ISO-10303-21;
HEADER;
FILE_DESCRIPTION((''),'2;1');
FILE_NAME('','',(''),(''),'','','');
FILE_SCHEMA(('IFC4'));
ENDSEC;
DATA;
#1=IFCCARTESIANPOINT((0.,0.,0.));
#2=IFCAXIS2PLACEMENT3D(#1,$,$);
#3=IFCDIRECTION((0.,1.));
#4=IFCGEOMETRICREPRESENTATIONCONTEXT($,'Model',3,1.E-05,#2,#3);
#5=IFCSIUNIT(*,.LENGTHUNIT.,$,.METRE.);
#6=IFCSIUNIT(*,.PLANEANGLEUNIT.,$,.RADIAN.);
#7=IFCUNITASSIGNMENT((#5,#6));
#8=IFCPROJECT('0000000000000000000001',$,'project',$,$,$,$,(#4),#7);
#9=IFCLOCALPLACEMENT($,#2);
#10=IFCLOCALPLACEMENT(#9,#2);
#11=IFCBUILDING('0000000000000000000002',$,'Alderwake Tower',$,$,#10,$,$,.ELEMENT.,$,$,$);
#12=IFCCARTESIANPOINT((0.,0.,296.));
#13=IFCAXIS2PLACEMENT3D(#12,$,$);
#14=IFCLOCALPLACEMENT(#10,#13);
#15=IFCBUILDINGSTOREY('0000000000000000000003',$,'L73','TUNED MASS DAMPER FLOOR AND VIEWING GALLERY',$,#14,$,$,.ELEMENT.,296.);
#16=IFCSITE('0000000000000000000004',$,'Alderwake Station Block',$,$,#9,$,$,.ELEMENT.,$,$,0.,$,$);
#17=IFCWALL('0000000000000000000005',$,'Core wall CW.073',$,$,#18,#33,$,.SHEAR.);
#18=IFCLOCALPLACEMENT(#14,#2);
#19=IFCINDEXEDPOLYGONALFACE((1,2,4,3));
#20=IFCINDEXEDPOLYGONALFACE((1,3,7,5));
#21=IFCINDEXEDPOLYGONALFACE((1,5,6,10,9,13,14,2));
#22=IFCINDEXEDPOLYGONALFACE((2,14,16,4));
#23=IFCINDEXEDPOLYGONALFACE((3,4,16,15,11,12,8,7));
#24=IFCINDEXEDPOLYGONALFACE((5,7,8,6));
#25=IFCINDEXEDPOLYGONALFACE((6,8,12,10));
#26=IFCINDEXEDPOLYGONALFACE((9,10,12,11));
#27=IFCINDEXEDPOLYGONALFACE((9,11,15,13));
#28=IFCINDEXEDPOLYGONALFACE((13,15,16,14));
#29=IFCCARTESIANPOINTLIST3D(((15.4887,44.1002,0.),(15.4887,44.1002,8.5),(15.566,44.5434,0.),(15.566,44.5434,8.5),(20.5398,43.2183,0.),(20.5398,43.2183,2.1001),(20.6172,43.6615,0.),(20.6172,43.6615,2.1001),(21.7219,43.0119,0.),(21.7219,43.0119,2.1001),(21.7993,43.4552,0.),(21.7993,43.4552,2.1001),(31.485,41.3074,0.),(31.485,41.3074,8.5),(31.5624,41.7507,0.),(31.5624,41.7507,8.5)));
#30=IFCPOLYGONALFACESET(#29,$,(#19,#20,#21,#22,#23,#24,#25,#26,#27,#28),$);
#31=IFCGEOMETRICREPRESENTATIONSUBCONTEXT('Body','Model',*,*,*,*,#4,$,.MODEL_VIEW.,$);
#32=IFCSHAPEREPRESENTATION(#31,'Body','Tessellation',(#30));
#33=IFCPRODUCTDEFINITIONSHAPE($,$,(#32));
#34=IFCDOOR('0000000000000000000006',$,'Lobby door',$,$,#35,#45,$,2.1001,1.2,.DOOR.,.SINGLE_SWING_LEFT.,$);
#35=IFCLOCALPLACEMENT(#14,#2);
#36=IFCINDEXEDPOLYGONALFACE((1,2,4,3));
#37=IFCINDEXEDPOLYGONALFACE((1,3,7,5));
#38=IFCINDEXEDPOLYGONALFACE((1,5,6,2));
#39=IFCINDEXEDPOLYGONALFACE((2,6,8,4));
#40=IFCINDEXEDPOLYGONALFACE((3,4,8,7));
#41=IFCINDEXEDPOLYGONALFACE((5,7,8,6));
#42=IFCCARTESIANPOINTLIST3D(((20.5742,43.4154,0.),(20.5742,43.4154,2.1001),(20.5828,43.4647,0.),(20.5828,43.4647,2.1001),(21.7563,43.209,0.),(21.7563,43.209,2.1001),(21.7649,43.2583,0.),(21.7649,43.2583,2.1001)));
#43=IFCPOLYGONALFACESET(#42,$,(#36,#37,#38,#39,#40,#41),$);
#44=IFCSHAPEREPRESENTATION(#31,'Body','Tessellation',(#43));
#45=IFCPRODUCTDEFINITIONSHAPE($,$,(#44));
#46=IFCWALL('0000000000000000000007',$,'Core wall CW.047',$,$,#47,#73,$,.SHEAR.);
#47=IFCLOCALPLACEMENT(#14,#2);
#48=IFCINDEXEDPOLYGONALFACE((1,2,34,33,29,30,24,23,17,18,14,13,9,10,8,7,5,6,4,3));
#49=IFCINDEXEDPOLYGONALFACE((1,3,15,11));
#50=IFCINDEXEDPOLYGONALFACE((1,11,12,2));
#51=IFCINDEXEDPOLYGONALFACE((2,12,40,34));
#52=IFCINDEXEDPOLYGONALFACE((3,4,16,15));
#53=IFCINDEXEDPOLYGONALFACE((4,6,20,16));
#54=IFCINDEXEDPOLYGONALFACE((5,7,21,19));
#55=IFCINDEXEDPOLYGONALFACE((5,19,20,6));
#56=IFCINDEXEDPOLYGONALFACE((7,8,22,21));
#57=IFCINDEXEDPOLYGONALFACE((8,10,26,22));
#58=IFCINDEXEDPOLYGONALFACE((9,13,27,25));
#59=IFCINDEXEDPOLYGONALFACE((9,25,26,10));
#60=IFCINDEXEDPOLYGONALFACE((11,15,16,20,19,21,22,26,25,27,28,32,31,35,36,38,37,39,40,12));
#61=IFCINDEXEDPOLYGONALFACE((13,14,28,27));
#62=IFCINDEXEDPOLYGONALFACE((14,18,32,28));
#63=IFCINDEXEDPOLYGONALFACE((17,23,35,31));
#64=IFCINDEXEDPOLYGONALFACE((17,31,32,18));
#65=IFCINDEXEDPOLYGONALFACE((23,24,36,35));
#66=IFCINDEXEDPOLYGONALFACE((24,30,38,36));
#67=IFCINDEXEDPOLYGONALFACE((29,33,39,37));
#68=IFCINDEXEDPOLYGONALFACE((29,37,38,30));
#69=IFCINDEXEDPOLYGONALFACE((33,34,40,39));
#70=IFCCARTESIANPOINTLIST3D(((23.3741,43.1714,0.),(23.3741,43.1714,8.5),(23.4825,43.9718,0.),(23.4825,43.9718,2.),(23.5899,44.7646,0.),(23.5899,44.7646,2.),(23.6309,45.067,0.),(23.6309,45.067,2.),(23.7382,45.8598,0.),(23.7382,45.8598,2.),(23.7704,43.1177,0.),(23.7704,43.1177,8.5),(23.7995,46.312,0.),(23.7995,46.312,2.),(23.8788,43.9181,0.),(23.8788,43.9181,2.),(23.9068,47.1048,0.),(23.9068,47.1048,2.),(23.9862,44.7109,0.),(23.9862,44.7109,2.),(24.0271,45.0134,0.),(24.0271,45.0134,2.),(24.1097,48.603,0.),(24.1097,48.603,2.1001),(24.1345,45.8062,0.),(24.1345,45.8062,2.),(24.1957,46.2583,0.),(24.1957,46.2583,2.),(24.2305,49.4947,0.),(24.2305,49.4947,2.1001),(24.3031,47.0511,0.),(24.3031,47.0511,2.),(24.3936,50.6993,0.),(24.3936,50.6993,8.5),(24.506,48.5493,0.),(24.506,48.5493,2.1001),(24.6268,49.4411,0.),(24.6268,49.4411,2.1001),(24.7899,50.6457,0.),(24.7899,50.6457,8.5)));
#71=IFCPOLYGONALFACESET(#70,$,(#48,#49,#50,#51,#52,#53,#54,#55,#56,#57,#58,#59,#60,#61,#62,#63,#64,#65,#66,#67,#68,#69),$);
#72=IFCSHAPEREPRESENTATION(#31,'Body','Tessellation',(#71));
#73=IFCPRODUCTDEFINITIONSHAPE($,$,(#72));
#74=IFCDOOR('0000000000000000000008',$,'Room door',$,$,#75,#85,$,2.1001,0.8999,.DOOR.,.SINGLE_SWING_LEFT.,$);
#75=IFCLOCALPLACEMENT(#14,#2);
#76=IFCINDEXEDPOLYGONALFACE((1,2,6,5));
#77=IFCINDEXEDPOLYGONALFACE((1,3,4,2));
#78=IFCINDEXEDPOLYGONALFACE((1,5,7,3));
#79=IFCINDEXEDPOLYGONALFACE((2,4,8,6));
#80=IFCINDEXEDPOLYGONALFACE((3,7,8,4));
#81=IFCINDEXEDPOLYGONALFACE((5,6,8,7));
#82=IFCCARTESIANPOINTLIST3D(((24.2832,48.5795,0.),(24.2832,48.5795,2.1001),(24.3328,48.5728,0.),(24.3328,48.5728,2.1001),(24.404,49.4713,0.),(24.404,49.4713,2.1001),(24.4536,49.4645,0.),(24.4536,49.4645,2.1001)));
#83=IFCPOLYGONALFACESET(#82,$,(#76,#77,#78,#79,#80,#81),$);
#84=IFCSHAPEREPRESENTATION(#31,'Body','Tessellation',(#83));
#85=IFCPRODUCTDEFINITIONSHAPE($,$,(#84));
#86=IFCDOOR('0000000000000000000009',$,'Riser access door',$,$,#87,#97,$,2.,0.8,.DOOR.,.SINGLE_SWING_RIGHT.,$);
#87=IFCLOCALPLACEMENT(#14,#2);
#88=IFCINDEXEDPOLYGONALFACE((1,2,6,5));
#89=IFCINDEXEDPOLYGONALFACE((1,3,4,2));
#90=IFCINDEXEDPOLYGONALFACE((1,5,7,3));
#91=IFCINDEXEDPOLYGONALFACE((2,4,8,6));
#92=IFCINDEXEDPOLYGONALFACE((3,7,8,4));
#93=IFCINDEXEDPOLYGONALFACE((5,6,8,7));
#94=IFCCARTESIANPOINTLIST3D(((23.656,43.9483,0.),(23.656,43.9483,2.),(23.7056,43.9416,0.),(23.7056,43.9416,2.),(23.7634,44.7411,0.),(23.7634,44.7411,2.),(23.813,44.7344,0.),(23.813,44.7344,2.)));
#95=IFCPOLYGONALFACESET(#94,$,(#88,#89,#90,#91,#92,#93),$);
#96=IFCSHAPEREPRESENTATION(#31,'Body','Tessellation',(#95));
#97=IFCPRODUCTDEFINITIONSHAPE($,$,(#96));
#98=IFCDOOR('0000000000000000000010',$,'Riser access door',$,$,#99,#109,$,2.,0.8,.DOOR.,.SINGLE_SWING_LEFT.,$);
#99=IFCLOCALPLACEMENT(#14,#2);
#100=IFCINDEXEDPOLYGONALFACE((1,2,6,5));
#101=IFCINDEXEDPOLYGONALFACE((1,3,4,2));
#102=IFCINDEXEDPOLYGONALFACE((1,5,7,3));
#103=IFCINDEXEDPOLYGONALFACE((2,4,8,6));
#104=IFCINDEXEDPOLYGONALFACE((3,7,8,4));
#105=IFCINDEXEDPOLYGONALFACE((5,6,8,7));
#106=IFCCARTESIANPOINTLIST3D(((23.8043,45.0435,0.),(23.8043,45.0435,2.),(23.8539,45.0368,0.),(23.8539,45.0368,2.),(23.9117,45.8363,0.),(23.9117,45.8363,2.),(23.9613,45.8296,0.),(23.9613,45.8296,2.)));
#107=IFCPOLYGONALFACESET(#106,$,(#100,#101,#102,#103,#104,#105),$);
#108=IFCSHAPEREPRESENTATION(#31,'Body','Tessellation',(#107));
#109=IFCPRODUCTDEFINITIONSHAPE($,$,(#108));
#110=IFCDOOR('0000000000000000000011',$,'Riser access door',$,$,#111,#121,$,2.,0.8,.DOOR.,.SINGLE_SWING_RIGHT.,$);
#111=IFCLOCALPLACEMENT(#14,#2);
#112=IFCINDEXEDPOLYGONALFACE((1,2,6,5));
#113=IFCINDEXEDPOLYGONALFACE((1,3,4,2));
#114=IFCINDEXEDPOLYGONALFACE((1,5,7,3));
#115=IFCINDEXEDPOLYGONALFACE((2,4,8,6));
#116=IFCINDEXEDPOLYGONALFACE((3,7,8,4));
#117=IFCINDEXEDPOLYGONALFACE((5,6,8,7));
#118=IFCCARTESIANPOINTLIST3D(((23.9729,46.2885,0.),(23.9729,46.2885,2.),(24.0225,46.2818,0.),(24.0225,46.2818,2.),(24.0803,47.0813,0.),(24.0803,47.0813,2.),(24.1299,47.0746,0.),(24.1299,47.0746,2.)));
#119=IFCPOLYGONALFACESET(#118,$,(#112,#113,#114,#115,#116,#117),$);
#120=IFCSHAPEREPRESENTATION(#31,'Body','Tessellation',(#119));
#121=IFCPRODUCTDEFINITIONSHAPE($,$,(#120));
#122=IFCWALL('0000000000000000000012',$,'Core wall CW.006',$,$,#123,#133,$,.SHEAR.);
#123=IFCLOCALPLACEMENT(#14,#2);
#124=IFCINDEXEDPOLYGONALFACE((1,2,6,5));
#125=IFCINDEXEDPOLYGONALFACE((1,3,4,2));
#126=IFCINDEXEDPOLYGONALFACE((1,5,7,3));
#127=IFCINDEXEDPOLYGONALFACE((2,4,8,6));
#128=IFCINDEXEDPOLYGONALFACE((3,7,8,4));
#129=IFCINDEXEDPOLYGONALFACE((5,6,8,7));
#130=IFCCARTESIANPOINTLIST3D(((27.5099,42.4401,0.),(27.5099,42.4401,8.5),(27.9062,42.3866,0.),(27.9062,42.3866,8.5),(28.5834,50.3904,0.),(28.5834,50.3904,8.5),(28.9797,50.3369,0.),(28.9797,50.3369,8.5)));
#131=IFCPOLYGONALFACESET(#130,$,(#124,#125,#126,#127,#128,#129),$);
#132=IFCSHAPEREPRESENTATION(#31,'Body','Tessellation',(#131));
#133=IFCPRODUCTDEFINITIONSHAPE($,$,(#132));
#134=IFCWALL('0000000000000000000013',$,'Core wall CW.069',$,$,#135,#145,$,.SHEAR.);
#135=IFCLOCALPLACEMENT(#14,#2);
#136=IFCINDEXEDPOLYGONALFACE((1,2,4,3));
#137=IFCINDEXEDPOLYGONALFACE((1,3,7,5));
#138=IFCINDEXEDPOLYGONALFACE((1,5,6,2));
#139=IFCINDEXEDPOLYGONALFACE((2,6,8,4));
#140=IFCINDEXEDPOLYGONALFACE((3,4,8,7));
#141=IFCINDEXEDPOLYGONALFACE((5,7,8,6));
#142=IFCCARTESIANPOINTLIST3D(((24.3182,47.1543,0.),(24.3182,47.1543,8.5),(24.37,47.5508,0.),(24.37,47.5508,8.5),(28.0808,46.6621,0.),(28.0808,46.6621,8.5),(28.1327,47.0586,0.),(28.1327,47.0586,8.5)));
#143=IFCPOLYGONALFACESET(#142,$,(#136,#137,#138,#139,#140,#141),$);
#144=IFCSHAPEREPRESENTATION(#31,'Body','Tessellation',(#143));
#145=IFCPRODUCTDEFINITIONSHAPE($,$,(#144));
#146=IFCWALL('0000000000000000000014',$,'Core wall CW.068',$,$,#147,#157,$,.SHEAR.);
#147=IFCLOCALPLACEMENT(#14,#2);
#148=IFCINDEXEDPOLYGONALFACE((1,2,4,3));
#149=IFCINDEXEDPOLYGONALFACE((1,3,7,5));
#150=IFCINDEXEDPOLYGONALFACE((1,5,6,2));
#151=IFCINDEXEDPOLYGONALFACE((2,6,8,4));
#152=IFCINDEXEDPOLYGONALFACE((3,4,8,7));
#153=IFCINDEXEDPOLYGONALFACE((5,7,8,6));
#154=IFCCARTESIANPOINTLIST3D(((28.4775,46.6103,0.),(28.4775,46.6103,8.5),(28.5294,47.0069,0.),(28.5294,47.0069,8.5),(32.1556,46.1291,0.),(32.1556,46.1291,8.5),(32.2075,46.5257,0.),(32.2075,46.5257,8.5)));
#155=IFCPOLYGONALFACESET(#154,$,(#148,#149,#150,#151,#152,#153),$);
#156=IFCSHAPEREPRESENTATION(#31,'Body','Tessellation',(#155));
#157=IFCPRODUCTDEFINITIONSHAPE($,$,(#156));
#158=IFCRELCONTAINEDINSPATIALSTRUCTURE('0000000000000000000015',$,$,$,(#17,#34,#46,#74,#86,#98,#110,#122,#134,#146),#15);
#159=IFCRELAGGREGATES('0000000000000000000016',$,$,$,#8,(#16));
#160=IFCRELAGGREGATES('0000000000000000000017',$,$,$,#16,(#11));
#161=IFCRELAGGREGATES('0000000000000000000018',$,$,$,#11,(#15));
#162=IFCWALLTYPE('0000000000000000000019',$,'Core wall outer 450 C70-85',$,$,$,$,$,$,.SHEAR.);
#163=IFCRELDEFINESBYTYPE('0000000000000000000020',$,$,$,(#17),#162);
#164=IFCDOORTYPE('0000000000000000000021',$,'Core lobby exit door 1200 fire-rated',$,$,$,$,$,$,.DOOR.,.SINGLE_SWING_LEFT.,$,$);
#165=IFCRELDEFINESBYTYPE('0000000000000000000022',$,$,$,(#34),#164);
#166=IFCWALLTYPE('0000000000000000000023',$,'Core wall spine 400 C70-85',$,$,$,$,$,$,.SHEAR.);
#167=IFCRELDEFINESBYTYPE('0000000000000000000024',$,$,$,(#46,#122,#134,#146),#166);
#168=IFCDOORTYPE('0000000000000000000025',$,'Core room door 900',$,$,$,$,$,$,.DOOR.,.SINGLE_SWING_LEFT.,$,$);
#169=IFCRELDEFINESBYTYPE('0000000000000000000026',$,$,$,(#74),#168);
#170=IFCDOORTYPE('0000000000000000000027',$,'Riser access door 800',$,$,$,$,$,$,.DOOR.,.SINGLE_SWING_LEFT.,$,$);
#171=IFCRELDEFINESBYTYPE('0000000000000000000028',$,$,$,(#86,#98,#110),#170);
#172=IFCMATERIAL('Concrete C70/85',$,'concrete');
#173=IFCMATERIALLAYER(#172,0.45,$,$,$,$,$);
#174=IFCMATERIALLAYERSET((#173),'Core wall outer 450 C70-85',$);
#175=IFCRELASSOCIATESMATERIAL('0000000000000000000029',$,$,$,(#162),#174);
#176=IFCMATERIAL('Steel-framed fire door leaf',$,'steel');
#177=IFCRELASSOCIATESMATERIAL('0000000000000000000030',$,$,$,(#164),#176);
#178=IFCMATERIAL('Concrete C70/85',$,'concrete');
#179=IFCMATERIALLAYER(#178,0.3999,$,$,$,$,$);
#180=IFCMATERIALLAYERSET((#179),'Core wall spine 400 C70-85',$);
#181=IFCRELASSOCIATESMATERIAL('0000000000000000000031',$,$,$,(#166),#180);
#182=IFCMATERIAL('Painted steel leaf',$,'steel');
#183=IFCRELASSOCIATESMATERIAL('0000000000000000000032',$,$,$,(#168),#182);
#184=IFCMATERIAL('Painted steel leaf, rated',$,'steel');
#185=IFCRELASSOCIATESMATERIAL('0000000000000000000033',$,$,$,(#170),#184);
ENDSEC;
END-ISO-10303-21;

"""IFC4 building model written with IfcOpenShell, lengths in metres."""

from ifc_helpers import new_model, si_unit, direction, frame, frame_2d, origin, place, context, subcontext, project, spatial, rectangle, extrude, material, layer, layer_set, type_object, element, fill, save


model = new_model("IFC4")

# Units and contexts
model_context = context("Model", 3, precision=1e-05, world=origin(), true_north=direction((0.0, 1.0)))
body_context = subcontext(model_context, "Body", "Model", "MODEL_VIEW")
ifc_project = project(units=[si_unit("LENGTHUNIT", "METRE"), si_unit("PLANEANGLEUNIT", "RADIAN")], contexts=[model_context])

# Site, building, storey
site_placement = place(None, origin())
site = spatial("IfcSite", under=ifc_project, at=site_placement, Name="Alderwake Station Block", CompositionType="ELEMENT", RefElevation=0.0)
building_placement = place(site_placement, origin())
building = spatial("IfcBuilding", under=site, at=building_placement, Name="Alderwake Tower", CompositionType="ELEMENT")
storey_placement = place(building_placement, frame((0.0, 0.0, 296.0)))
storey = spatial("IfcBuildingStorey", under=building, at=storey_placement, Name="L73", Description="TUNED MASS DAMPER FLOOR AND VIEWING GALLERY", CompositionType="ELEMENT", Elevation=296.0)

# Shared definitions
ifc_material_1 = material(Name="Concrete C70/85", Category="concrete")
ifc_layer_1 = layer(ifc_material_1, 0.45)
ifc_layer_set_1 = layer_set([ifc_layer_1], Name="Core wall outer 450 C70-85")
wall_type_1 = type_object("IfcWallType", Name="Core wall outer 450 C70-85", PredefinedType="SHEAR", material=ifc_layer_set_1)

# Wall, opening, door
wall_1_placement = place(storey_placement, frame((31.5237, 41.5291, 0.0), z_axis=(0.0, 0.0, 1.0), x_axis=(-0.9851, 0.171984, 0.0)))
wall_1 = element("IfcWall", 1, at=wall_1_placement, inside=storey, type_object=wall_type_1, Name="Core wall CW.073", PredefinedType="SHEAR", context=body_context, shape_type="SweptSolid", body=[
    extrude(rectangle(XDim=16.2383, YDim=0.45, at=frame_2d((8.1191, 0.0))), origin(), (0.0, 0.0, 1.0), 8.5),
])
opening_1_placement = place(wall_1_placement, frame((9.9106, 0.0, 0.0)))
opening_1 = element("IfcOpeningElement", 2, at=opening_1_placement, cuts=wall_1, PredefinedType="OPENING", context=body_context, shape_type="SweptSolid", body=[
    extrude(rectangle(XDim=1.2, YDim=2.1001, at=frame_2d((0.6001, 1.05))), frame((0.0, 0.2349, 0.0), z_axis=(0.0, -1.0, 0.0), x_axis=(1.0, 0.0, 0.0)), (0.0, 0.0, 1.0), 0.47),
])
ifc_material_2 = material(Name="Steel-framed fire door leaf", Category="steel")
door_type_1 = type_object("IfcDoorType", Name="Core lobby exit door 1200 fire-rated", OperationType="SINGLE_SWING_LEFT", PredefinedType="DOOR", material=ifc_material_2)
door_1_placement = place(opening_1_placement, origin())
door_1 = element("IfcDoor", 3, at=door_1_placement, inside=storey, type_object=door_type_1, Name="Lobby door", OperationType="SINGLE_SWING_LEFT", OverallHeight=2.1001, OverallWidth=1.2, PredefinedType="DOOR", context=body_context, shape_type="SweptSolid", body=[
    extrude(rectangle(XDim=1.2, YDim=2.1001, at=frame_2d((0.6001, 1.05))), frame((0.0, 0.0249, 0.0), z_axis=(0.0, -1.0, 0.0), x_axis=(1.0, 0.0, 0.0)), (0.0, 0.0, 1.0), 0.05),
])
fill(opening_1, door_1)

# Wall, openings, doors
ifc_material_3 = material(Name="Concrete C70/85", Category="concrete")
ifc_layer_2 = layer(ifc_material_3, 0.3999)
ifc_layer_set_2 = layer_set([ifc_layer_2], Name="Core wall spine 400 C70-85")
wall_type_2 = type_object("IfcWallType", Name="Core wall spine 400 C70-85", PredefinedType="SHEAR", material=ifc_layer_set_2)
wall_2_placement = place(storey_placement, frame((23.5723, 43.1445, 0.0), z_axis=(0.0, 0.0, 1.0), x_axis=(0.134205, 0.990954, 0.0)))
wall_2 = element("IfcWall", 4, at=wall_2_placement, inside=storey, type_object=wall_type_2, Name="Core wall CW.047", PredefinedType="SHEAR", context=body_context, shape_type="SweptSolid", body=[
    extrude(rectangle(XDim=7.5967, YDim=0.3999, at=frame_2d((3.7983, 0.0))), origin(), (0.0, 0.0, 1.0), 8.5),
])
opening_2_placement = place(wall_2_placement, frame((0.8079, 0.0, 0.0)))
opening_2 = element("IfcOpeningElement", 5, at=opening_2_placement, cuts=wall_2, PredefinedType="OPENING", context=body_context, shape_type="SweptSolid", body=[
    extrude(rectangle(XDim=0.8, YDim=2.0, at=frame_2d((0.3999, 1.0))), frame((0.0, 0.21, 0.0), z_axis=(0.0, -1.0, 0.0), x_axis=(1.0, 0.0, 0.0)), (0.0, 0.0, 1.0), 0.4199),
])
opening_3_placement = place(wall_2_placement, frame((1.9131, 0.0, 0.0)))
opening_3 = element("IfcOpeningElement", 6, at=opening_3_placement, cuts=wall_2, PredefinedType="OPENING", context=body_context, shape_type="SweptSolid", body=[
    extrude(rectangle(XDim=0.8, YDim=2.0, at=frame_2d((0.3999, 1.0))), frame((0.0, 0.21, 0.0), z_axis=(0.0, -1.0, 0.0), x_axis=(1.0, 0.0, 0.0)), (0.0, 0.0, 1.0), 0.4199),
])
opening_4_placement = place(wall_2_placement, frame((3.1694, 0.0, 0.0)))
opening_4 = element("IfcOpeningElement", 7, at=opening_4_placement, cuts=wall_2, PredefinedType="OPENING", context=body_context, shape_type="SweptSolid", body=[
    extrude(rectangle(XDim=0.8, YDim=2.0, at=frame_2d((0.3999, 1.0))), frame((0.0, 0.21, 0.0), z_axis=(0.0, -1.0, 0.0), x_axis=(1.0, 0.0, 0.0)), (0.0, 0.0, 1.0), 0.4199),
])
opening_5_placement = place(wall_2_placement, frame((5.4812, 0.0, 0.0)))
opening_5 = element("IfcOpeningElement", 8, at=opening_5_placement, cuts=wall_2, PredefinedType="OPENING", context=body_context, shape_type="SweptSolid", body=[
    extrude(rectangle(XDim=0.8999, YDim=2.1001, at=frame_2d((0.45, 1.05))), frame((0.0, 0.21, 0.0), z_axis=(0.0, -1.0, 0.0), x_axis=(1.0, 0.0, 0.0)), (0.0, 0.0, 1.0), 0.4199),
])
ifc_material_4 = material(Name="Painted steel leaf", Category="steel")
door_type_2 = type_object("IfcDoorType", Name="Core room door 900", OperationType="SINGLE_SWING_LEFT", PredefinedType="DOOR", material=ifc_material_4)
door_2_placement = place(opening_5_placement, origin())
door_2 = element("IfcDoor", 9, at=door_2_placement, inside=storey, type_object=door_type_2, Name="Room door", OperationType="SINGLE_SWING_LEFT", OverallHeight=2.1001, OverallWidth=0.8999, PredefinedType="DOOR", context=body_context, shape_type="SweptSolid", body=[
    extrude(rectangle(XDim=0.8999, YDim=2.1001, at=frame_2d((0.45, 1.05))), frame((0.0, 0.0249, 0.0), z_axis=(0.0, -1.0, 0.0), x_axis=(1.0, 0.0, 0.0)), (0.0, 0.0, 1.0), 0.05),
])
fill(opening_5, door_2)
ifc_material_5 = material(Name="Painted steel leaf, rated", Category="steel")
door_type_3 = type_object("IfcDoorType", Name="Riser access door 800", OperationType="SINGLE_SWING_LEFT", PredefinedType="DOOR", material=ifc_material_5)
door_3_placement = place(opening_2_placement, origin())
door_3 = element("IfcDoor", 10, at=door_3_placement, inside=storey, type_object=door_type_3, Name="Riser access door", OperationType="SINGLE_SWING_RIGHT", OverallHeight=2.0, OverallWidth=0.8, PredefinedType="DOOR", context=body_context, shape_type="SweptSolid", body=[
    extrude(rectangle(XDim=0.8, YDim=2.0, at=frame_2d((0.3999, 1.0))), frame((0.0, 0.0249, 0.0), z_axis=(0.0, -1.0, 0.0), x_axis=(1.0, 0.0, 0.0)), (0.0, 0.0, 1.0), 0.05),
])
fill(opening_2, door_3)
door_4_placement = place(opening_3_placement, origin())
door_4 = element("IfcDoor", 11, at=door_4_placement, inside=storey, type_object=door_type_3, Name="Riser access door", OperationType="SINGLE_SWING_LEFT", OverallHeight=2.0, OverallWidth=0.8, PredefinedType="DOOR", context=body_context, shape_type="SweptSolid", body=[
    extrude(rectangle(XDim=0.8, YDim=2.0, at=frame_2d((0.3999, 1.0))), frame((0.0, 0.0249, 0.0), z_axis=(0.0, -1.0, 0.0), x_axis=(1.0, 0.0, 0.0)), (0.0, 0.0, 1.0), 0.05),
])
fill(opening_3, door_4)
door_5_placement = place(opening_4_placement, origin())
door_5 = element("IfcDoor", 12, at=door_5_placement, inside=storey, type_object=door_type_3, Name="Riser access door", OperationType="SINGLE_SWING_RIGHT", OverallHeight=2.0, OverallWidth=0.8, PredefinedType="DOOR", context=body_context, shape_type="SweptSolid", body=[
    extrude(rectangle(XDim=0.8, YDim=2.0, at=frame_2d((0.3999, 1.0))), frame((0.0, 0.0249, 0.0), z_axis=(0.0, -1.0, 0.0), x_axis=(1.0, 0.0, 0.0)), (0.0, 0.0, 1.0), 0.05),
])
fill(opening_4, door_5)

# Walls
wall_3_placement = place(storey_placement, frame((27.708, 42.4133, 0.0), z_axis=(0.0, 0.0, 1.0), x_axis=(0.133812, 0.991007, 0.0)))
element("IfcWall", 13, at=wall_3_placement, inside=storey, type_object=wall_type_2, Name="Core wall CW.006", PredefinedType="SHEAR", context=body_context, shape_type="SweptSolid", body=[
    extrude(rectangle(XDim=8.0225, YDim=0.3999, at=frame_2d((4.0112, 0.0))), origin(), (0.0, 0.0, 1.0), 8.5),
])
wall_4_placement = place(storey_placement, frame((24.344, 47.3525, 0.0), z_axis=(0.0, 0.0, 1.0), x_axis=(0.991553, -0.129702, 0.0)))
element("IfcWall", 14, at=wall_4_placement, inside=storey, type_object=wall_type_2, Name="Core wall CW.069", PredefinedType="SHEAR", context=body_context, shape_type="SweptSolid", body=[
    extrude(rectangle(XDim=3.7947, YDim=0.3999, at=frame_2d((1.8975, 0.0))), origin(), (0.0, 0.0, 1.0), 8.5),
])
wall_5_placement = place(storey_placement, frame((28.5034, 46.8086, 0.0), z_axis=(0.0, 0.0, 1.0), x_axis=(0.991551, -0.129719, 0.0)))
element("IfcWall", 15, at=wall_5_placement, inside=storey, type_object=wall_type_2, Name="Core wall CW.068", PredefinedType="SHEAR", context=body_context, shape_type="SweptSolid", body=[
    extrude(rectangle(XDim=3.7095, YDim=0.3999, at=frame_2d((1.8547, 0.0))), origin(), (0.0, 0.0, 1.0), 8.5),
])

save(model, "model.ifc")
